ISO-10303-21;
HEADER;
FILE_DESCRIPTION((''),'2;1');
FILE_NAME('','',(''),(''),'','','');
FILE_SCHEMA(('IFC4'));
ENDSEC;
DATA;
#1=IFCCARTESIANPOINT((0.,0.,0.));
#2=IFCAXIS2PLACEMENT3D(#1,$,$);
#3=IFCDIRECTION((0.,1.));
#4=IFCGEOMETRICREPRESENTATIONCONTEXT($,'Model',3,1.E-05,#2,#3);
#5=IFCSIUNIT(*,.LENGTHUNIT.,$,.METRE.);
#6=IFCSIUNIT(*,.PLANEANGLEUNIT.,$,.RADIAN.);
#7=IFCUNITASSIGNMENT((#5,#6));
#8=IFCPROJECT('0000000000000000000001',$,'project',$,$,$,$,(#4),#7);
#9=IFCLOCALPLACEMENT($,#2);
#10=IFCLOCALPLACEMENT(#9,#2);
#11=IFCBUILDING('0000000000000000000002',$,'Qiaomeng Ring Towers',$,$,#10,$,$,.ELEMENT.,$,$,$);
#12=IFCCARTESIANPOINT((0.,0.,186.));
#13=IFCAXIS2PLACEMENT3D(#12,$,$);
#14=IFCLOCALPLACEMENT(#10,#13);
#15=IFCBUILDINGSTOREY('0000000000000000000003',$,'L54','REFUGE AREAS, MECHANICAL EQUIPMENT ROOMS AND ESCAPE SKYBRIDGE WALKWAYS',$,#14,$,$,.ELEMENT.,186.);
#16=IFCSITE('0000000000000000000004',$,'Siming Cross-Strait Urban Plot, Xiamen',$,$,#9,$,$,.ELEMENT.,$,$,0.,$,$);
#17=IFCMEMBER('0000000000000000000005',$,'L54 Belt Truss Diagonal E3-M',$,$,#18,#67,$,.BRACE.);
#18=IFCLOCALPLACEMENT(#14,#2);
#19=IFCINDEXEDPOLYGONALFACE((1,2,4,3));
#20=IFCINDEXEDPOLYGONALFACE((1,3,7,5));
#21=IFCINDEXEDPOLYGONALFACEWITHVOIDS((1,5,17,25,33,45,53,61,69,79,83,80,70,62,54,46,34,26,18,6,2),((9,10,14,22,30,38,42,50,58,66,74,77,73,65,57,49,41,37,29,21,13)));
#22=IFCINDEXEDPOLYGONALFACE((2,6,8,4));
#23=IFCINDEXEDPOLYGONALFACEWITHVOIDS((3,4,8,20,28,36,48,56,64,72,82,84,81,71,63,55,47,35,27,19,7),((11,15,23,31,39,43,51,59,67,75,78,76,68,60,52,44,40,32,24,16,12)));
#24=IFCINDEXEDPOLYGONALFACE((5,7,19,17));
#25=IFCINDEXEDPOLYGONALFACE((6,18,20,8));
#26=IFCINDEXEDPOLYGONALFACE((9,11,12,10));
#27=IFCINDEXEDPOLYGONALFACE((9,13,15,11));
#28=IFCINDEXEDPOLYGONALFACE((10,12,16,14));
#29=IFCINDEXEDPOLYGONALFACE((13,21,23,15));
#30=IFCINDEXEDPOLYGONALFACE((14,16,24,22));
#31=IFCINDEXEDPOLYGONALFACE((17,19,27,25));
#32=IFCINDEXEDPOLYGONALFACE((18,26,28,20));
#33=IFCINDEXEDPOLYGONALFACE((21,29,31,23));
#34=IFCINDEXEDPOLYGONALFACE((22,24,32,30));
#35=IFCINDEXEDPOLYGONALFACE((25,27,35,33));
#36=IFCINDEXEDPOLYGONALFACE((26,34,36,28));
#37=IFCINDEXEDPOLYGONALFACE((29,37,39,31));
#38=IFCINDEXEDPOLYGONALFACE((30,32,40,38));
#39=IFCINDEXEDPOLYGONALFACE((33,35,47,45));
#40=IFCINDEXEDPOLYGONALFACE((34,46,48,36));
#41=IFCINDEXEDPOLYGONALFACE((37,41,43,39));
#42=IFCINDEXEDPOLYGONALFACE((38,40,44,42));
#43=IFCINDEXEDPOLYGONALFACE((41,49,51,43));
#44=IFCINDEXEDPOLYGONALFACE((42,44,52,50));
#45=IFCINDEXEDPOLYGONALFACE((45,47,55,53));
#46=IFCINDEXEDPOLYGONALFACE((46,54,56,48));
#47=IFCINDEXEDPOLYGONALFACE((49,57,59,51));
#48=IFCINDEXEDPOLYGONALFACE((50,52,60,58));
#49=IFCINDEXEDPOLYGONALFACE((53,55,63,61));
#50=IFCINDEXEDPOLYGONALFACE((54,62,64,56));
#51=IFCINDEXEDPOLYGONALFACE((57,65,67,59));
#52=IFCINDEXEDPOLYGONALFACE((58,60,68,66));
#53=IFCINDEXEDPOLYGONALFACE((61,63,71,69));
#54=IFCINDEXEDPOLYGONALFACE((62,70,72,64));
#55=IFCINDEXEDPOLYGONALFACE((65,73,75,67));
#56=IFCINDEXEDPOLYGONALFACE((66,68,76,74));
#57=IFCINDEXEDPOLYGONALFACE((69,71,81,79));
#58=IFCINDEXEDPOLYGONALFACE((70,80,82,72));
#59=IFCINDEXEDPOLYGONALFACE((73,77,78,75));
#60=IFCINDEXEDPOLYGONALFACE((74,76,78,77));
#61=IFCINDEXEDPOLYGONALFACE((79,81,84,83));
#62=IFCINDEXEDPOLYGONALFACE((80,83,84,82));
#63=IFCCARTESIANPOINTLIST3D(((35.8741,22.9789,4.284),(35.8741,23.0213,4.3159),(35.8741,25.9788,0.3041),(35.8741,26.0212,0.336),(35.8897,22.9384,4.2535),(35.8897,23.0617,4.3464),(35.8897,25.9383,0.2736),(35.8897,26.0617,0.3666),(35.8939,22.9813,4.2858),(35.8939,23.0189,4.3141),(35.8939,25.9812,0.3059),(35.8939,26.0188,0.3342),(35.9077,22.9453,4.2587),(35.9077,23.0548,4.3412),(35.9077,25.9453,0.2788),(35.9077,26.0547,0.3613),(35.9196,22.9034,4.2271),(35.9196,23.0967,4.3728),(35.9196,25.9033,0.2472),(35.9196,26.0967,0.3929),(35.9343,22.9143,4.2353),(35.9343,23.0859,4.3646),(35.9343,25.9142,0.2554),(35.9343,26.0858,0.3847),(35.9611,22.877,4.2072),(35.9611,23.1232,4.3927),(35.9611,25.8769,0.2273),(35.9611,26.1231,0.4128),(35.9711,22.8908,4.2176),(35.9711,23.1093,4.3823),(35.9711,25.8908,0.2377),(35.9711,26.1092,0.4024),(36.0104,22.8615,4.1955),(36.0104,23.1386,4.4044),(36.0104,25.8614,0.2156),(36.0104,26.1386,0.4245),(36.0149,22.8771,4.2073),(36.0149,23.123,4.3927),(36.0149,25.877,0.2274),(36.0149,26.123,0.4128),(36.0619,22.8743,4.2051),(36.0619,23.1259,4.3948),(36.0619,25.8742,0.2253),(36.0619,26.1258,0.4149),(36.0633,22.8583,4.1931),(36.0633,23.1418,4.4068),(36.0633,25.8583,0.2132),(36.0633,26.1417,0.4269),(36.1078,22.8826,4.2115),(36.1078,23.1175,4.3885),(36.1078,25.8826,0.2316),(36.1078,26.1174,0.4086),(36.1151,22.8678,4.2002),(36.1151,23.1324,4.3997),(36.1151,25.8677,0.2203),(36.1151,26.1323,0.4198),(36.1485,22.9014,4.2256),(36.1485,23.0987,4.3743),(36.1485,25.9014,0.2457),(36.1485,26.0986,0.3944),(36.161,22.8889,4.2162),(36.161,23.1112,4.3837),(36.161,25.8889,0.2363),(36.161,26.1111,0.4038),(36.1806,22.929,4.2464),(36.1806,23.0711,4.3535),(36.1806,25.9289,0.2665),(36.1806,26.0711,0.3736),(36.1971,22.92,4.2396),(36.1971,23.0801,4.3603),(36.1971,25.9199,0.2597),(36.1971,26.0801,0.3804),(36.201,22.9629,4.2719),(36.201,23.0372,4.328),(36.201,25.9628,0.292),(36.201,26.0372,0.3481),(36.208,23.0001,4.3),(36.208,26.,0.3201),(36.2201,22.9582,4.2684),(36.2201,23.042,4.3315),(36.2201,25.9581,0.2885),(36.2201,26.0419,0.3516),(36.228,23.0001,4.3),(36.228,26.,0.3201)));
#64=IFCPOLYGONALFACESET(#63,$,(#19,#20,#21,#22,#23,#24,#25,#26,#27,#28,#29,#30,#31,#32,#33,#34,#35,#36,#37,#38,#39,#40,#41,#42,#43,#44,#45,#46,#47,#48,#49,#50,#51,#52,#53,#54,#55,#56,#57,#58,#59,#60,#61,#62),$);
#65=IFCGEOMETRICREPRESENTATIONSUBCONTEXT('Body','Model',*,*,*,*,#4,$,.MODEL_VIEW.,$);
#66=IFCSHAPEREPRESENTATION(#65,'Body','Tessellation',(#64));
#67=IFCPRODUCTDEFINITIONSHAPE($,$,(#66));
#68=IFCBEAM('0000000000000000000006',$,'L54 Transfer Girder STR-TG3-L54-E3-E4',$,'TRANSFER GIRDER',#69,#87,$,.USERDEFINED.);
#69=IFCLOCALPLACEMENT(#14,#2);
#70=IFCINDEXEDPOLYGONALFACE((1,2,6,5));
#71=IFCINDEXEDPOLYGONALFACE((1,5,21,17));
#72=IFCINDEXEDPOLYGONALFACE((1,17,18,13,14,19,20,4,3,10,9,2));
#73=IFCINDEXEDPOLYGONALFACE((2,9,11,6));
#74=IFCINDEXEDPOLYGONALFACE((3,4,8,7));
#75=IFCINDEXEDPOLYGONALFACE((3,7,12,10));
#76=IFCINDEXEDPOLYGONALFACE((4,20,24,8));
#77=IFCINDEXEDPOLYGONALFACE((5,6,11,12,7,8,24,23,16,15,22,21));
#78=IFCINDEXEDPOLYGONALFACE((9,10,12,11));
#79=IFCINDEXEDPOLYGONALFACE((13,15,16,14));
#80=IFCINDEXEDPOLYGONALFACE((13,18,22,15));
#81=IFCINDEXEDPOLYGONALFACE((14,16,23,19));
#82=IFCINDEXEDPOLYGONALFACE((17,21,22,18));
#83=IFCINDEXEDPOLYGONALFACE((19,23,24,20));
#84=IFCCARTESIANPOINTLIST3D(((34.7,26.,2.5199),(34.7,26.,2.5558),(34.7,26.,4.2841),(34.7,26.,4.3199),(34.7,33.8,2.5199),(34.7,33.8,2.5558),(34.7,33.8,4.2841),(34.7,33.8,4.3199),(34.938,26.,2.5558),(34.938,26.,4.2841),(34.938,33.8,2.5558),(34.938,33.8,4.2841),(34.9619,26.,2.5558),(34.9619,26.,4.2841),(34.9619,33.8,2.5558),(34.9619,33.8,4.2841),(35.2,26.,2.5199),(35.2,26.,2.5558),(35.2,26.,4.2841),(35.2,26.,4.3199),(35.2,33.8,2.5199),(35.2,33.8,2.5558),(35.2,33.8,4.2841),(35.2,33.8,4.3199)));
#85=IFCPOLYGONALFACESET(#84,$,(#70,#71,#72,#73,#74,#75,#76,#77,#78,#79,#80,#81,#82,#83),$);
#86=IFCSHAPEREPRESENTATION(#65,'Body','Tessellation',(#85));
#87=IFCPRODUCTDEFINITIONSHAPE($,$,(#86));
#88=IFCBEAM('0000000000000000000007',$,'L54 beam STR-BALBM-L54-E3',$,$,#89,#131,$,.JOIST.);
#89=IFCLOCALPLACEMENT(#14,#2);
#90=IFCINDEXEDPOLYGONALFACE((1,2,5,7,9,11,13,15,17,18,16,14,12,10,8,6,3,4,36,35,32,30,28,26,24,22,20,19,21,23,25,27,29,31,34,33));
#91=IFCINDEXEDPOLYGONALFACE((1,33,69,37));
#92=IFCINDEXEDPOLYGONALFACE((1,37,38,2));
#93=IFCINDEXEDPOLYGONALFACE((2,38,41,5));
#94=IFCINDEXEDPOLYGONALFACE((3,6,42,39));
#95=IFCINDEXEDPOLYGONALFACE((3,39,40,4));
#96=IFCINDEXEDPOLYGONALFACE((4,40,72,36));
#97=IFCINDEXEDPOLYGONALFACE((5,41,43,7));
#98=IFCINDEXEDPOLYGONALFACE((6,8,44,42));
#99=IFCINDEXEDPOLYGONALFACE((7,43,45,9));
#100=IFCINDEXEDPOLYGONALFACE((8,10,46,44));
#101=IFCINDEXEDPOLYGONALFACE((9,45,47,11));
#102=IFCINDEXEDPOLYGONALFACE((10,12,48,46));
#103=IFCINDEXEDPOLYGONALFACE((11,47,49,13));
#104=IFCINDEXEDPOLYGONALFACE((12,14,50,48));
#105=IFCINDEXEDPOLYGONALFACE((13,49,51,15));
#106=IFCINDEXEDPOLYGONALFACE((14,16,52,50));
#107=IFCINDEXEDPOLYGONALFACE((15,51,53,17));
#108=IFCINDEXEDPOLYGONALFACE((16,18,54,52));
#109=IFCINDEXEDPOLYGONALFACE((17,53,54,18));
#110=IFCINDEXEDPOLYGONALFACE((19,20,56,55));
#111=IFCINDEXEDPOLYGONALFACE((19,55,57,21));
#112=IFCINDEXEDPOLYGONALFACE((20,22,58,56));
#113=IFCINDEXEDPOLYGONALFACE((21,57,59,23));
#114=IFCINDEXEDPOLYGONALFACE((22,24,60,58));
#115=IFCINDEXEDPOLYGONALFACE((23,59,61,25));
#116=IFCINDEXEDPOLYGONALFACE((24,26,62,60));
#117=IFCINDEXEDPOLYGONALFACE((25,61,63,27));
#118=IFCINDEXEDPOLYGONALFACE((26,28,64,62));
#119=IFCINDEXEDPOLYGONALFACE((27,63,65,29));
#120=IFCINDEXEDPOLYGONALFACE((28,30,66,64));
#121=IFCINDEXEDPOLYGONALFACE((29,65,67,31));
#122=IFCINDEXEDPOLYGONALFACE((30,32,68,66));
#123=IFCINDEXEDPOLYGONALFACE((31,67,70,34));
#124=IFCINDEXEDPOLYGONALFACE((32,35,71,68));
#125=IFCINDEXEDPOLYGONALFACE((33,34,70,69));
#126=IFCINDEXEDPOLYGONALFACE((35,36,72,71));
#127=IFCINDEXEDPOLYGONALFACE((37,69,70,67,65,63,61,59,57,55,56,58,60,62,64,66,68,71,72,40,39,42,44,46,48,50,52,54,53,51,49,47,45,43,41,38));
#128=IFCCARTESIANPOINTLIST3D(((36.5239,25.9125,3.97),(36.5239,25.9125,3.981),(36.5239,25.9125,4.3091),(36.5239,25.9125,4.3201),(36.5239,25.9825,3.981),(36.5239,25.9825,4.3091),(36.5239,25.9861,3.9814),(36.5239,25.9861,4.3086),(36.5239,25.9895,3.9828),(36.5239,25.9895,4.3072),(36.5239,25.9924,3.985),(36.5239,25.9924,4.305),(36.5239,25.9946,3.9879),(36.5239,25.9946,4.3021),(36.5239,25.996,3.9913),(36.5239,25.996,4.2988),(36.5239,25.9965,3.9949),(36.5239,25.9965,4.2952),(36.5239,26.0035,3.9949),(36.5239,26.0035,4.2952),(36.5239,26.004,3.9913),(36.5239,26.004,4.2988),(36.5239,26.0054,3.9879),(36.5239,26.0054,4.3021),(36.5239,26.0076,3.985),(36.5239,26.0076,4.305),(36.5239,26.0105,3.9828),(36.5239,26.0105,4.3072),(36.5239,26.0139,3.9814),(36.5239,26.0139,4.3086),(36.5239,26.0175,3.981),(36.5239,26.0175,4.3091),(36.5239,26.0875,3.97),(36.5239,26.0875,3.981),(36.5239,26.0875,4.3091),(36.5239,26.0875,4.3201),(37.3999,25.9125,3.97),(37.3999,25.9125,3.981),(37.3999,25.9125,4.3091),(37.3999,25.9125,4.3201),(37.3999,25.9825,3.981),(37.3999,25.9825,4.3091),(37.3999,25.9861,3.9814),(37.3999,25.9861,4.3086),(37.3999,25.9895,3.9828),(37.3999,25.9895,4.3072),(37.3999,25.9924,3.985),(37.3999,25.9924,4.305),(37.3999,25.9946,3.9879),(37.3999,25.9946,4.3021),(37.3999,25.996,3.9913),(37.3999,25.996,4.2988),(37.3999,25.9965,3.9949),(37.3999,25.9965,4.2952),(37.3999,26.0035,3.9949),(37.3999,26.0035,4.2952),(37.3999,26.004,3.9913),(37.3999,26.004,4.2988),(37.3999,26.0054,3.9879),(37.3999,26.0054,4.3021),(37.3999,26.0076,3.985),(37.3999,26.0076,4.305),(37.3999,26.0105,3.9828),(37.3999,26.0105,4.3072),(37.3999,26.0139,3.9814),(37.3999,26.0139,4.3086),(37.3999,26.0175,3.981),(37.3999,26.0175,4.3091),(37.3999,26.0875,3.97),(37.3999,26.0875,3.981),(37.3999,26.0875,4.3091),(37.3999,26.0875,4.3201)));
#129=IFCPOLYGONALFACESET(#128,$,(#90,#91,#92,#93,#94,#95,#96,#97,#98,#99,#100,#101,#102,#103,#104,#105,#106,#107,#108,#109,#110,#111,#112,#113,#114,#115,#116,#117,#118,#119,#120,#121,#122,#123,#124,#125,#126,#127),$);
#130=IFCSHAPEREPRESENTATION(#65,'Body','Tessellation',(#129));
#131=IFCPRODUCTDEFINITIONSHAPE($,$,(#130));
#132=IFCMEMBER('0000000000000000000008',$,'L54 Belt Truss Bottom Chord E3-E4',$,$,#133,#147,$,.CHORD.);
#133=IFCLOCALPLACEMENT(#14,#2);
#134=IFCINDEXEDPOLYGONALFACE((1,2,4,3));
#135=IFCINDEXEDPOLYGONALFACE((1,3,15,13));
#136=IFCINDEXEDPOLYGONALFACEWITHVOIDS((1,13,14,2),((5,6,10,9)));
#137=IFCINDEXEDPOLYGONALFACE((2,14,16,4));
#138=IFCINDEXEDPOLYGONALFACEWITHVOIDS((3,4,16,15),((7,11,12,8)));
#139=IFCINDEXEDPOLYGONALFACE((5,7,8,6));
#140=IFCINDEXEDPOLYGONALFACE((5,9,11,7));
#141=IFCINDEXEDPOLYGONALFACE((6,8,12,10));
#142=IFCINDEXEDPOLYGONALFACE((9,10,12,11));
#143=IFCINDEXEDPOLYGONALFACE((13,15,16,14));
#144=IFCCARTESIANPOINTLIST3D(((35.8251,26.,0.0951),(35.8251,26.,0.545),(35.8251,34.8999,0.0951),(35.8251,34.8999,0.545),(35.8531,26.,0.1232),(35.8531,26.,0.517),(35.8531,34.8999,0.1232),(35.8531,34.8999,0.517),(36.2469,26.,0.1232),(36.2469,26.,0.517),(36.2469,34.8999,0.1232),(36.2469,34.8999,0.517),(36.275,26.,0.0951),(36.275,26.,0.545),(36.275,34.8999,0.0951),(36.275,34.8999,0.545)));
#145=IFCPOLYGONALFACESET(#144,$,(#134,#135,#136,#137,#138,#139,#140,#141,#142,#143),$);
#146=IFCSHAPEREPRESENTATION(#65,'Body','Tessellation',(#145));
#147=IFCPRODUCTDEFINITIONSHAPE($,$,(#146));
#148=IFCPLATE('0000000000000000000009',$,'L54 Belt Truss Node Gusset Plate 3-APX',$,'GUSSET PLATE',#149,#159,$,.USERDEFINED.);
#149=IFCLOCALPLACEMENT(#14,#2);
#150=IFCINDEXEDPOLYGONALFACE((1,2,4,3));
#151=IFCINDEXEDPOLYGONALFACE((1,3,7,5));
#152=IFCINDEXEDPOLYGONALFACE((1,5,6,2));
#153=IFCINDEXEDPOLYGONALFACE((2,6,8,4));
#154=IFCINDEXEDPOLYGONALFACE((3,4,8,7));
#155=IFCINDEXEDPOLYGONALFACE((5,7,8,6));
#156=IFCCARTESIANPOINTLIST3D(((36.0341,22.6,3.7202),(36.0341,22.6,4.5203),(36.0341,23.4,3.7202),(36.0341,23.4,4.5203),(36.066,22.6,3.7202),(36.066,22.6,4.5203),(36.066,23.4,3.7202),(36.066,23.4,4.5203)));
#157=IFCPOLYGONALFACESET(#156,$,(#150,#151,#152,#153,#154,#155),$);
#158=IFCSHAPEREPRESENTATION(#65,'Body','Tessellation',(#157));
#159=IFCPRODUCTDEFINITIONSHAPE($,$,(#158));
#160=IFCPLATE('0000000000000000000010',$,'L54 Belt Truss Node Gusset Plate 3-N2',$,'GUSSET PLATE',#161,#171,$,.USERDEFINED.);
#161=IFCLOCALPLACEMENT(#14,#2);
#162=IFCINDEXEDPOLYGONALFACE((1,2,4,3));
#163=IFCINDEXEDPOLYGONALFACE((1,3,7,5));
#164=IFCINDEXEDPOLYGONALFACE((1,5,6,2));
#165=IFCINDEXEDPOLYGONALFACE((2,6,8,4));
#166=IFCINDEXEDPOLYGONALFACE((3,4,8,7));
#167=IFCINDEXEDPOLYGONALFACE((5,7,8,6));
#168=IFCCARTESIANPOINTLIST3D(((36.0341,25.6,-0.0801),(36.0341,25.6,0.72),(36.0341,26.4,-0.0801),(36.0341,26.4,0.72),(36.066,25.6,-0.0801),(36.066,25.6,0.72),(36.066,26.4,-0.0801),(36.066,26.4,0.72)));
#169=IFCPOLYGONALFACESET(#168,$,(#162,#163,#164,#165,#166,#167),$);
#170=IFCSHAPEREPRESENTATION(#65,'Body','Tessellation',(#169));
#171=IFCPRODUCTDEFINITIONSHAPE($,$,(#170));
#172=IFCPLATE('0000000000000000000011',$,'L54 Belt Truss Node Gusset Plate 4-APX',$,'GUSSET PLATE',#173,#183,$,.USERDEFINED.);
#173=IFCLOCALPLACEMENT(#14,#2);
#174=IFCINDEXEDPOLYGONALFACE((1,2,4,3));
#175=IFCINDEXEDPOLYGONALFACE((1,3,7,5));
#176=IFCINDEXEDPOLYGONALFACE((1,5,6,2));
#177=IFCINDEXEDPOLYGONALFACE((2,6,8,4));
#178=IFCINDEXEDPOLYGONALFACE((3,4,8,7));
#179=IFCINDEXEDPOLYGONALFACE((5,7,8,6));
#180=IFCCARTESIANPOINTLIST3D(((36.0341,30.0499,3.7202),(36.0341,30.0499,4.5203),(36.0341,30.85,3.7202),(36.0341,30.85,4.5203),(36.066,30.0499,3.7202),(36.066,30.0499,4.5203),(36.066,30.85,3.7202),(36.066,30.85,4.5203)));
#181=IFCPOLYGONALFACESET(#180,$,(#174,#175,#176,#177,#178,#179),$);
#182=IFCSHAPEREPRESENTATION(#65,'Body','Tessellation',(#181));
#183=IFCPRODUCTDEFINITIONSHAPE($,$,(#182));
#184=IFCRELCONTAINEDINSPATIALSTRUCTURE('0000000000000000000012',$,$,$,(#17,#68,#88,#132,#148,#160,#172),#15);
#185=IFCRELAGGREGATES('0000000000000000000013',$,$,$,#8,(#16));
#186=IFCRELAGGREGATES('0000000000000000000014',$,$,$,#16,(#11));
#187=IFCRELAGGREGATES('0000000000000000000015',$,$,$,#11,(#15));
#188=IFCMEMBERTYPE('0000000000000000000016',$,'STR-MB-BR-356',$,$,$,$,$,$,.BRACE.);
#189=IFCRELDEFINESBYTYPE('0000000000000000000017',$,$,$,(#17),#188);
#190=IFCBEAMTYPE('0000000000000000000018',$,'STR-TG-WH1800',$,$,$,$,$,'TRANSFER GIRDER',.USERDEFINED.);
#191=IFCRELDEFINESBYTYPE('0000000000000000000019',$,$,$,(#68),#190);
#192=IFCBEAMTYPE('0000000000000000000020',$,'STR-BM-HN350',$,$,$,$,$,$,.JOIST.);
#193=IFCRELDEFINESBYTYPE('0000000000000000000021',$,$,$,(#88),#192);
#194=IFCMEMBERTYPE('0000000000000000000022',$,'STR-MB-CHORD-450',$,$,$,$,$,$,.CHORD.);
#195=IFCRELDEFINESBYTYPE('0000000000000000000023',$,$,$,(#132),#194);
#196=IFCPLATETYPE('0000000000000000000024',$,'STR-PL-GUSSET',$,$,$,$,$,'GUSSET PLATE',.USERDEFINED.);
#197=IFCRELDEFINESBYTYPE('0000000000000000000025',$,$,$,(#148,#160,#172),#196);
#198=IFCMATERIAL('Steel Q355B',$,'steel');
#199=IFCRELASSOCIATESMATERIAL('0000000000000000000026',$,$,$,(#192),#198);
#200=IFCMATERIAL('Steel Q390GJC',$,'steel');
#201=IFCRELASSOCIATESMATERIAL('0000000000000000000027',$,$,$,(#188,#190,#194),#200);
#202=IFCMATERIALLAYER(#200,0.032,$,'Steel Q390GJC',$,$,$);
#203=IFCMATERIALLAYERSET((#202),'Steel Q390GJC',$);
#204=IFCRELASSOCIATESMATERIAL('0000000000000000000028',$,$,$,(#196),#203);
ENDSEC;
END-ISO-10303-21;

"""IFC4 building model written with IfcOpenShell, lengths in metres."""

from ifc_helpers import new_model, si_unit, direction, frame, origin, origin_2d, place, context, subcontext, project, spatial, rectangle, hollow_rectangle, hollow_circle, i_section, extrude, source, transform, mapped, material, layer, layer_set, material_profile, profile_set, type_object, element, save


model = new_model("IFC4")

# Units and contexts
model_context = context("Model", 3, precision=1e-05, world=origin(), true_north=direction((0.0, 1.0)))
body_context = subcontext(model_context, "Body", "Model", "MODEL_VIEW")
ifc_project = project(units=[si_unit("LENGTHUNIT", "METRE"), si_unit("PLANEANGLEUNIT", "RADIAN")], contexts=[model_context])

# Site, building, storey
site_placement = place(None, origin())
site = spatial("IfcSite", under=ifc_project, at=site_placement, Name="Siming Cross-Strait Urban Plot, Xiamen", CompositionType="ELEMENT", RefElevation=0.0)
building_placement = place(site_placement, origin())
building = spatial("IfcBuilding", under=site, at=building_placement, Name="Qiaomeng Ring Towers", CompositionType="ELEMENT")
storey_placement = place(building_placement, frame((0.0, 0.0, 186.0)))
storey = spatial("IfcBuildingStorey", under=building, at=storey_placement, Name="L54", Description="REFUGE AREAS, MECHANICAL EQUIPMENT ROOMS AND ESCAPE SKYBRIDGE WALKWAYS", CompositionType="ELEMENT", Elevation=186.0)

# Shared definitions
ifc_material_1 = material(Name="Steel Q390GJC", Category="steel")

# Shared definitions
ifc_material_2 = material(Name="Steel Q355B", Category="steel")
ifc_material_profile_1 = material_profile(ifc_material_2, i_section(OverallWidth=0.175, OverallDepth=0.3501, WebThickness=0.0071, FlangeThickness=0.011, FilletRadius=0.0139, at=origin_2d()), Name="HN 350x175x7x11")
ifc_profile_set_1 = profile_set([ifc_material_profile_1], Name="Steel Q355B")
beam_type_1 = type_object("IfcBeamType", Name="STR-BM-HN350", PredefinedType="JOIST", material=ifc_profile_set_1)

# Member
ifc_material_profile_2 = material_profile(ifc_material_1, hollow_circle(Radius=0.178, WallThickness=0.02, at=origin_2d()), Name="CHS 356x20")
ifc_profile_set_2 = profile_set([ifc_material_profile_2], Name="Steel Q390GJC")
member_type_1 = type_object("IfcMemberType", Name="STR-MB-BR-356", PredefinedType="BRACE", material=ifc_profile_set_2)
shared_shape_1 = source(origin(), body_context, "Body", "SweptSolid", [
    extrude(hollow_circle(Radius=0.178, WallThickness=0.02, at=origin_2d()), origin(), (0.0, 0.0, 1.0), 4.9839),
])
member_1_placement = place(storey_placement, frame((36.05, 26.0, 0.3201), z_axis=(0.0, -0.601926, 0.798552), x_axis=(1.0, 0.0, 0.0)))
element("IfcMember", 1, at=member_1_placement, inside=storey, type_object=member_type_1, Name="L54 Belt Truss Diagonal E3-M", PredefinedType="BRACE", context=body_context, shape_type="MappedRepresentation", body=[
    mapped(shared_shape_1, transform((0.0, 0.0, 0.0), x_axis=(1.0, 0.0, 0.0), y_axis=(0.0, 1.0, 0.0), z_axis=(0.0, 0.0, 1.0), scale=1.0)),
])

# Beams
ifc_material_profile_3 = material_profile(ifc_material_1, i_section(OverallWidth=0.5, OverallDepth=1.8, WebThickness=0.0239, FlangeThickness=0.0359, at=origin_2d()), Name="WH 1800x500x24x36")
ifc_profile_set_3 = profile_set([ifc_material_profile_3], Name="Steel Q390GJC")
beam_type_2 = type_object("IfcBeamType", Name="STR-TG-WH1800", ElementType="TRANSFER GIRDER", PredefinedType="USERDEFINED", material=ifc_profile_set_3)
shared_shape_2 = source(origin(), body_context, "Body", "SweptSolid", [
    extrude(i_section(OverallWidth=0.5, OverallDepth=1.8, WebThickness=0.0239, FlangeThickness=0.0359, at=origin_2d()), origin(), (0.0, 0.0, 1.0), 7.8),
])
beam_1_placement = place(storey_placement, frame((34.95, 26.0, 3.4199), z_axis=(0.0, 1.0, 0.0), x_axis=(-1.0, 0.0, 0.0)))
element("IfcBeam", 2, at=beam_1_placement, inside=storey, type_object=beam_type_2, Name="L54 Transfer Girder STR-TG3-L54-E3-E4", ObjectType="TRANSFER GIRDER", PredefinedType="USERDEFINED", context=body_context, shape_type="MappedRepresentation", body=[
    mapped(shared_shape_2, transform((0.0, 0.0, 0.0), x_axis=(1.0, 0.0, 0.0), y_axis=(0.0, 1.0, 0.0), z_axis=(0.0, 0.0, 1.0), scale=1.0)),
])
shared_shape_3 = source(origin(), body_context, "Body", "SweptSolid", [
    extrude(i_section(OverallWidth=0.175, OverallDepth=0.3501, WebThickness=0.0071, FlangeThickness=0.011, FilletRadius=0.0139, at=origin_2d()), origin(), (0.0, 0.0, 1.0), 0.876),
])
beam_2_placement = place(storey_placement, frame((36.5239, 26.0, 4.145), z_axis=(1.0, 0.0, 0.0), x_axis=(0.0, 1.0, 0.0)))
element("IfcBeam", 3, at=beam_2_placement, inside=storey, type_object=beam_type_1, Name="L54 beam STR-BALBM-L54-E3", PredefinedType="JOIST", context=body_context, shape_type="MappedRepresentation", body=[
    mapped(shared_shape_3, transform((0.0, 0.0, 0.0), x_axis=(1.0, 0.0, 0.0), y_axis=(0.0, 1.0, 0.0), z_axis=(0.0, 0.0, 1.0), scale=1.0)),
])

# Member
ifc_material_profile_4 = material_profile(ifc_material_1, hollow_rectangle(XDim=0.45, YDim=0.45, WallThickness=0.0281, at=origin_2d()), Name="SHS 450x450x28")
ifc_profile_set_4 = profile_set([ifc_material_profile_4], Name="Steel Q390GJC")
member_type_2 = type_object("IfcMemberType", Name="STR-MB-CHORD-450", PredefinedType="CHORD", material=ifc_profile_set_4)
shared_shape_4 = source(origin(), body_context, "Body", "SweptSolid", [
    extrude(hollow_rectangle(XDim=0.45, YDim=0.45, WallThickness=0.0281, at=origin_2d()), origin(), (0.0, 0.0, 1.0), 8.8999),
])
member_2_placement = place(storey_placement, frame((36.05, 26.0, 0.3201), z_axis=(0.0, 1.0, 0.0), x_axis=(-1.0, 0.0, 0.0)))
element("IfcMember", 4, at=member_2_placement, inside=storey, type_object=member_type_2, Name="L54 Belt Truss Bottom Chord E3-E4", PredefinedType="CHORD", context=body_context, shape_type="MappedRepresentation", body=[
    mapped(shared_shape_4, transform((0.0, 0.0, 0.0), x_axis=(1.0, 0.0, 0.0), y_axis=(0.0, 1.0, 0.0), z_axis=(0.0, 0.0, 1.0), scale=1.0)),
])

# Plates
ifc_layer_1 = layer(ifc_material_1, 0.032, Name="Steel Q390GJC")
ifc_layer_set_1 = layer_set([ifc_layer_1], Name="Steel Q390GJC")
plate_type_1 = type_object("IfcPlateType", Name="STR-PL-GUSSET", ElementType="GUSSET PLATE", PredefinedType="USERDEFINED", material=ifc_layer_set_1)
shared_shape_5 = source(origin(), body_context, "Body", "SweptSolid", [
    extrude(rectangle(XDim=0.8, YDim=0.032, at=origin_2d()), origin(), (0.0, 0.0, 1.0), 0.8),
])
for number, where, z_axis, x_axis, name in (
    (5, (36.05, 23.0, 3.7202), (0.0, 0.0, 1.0), (0.0, 1.0, 0.0), "L54 Belt Truss Node Gusset Plate 3-APX"),
    (6, (36.05, 26.0, -0.0801), (0.0, 0.0, 1.0), (0.0, 1.0, 0.0), "L54 Belt Truss Node Gusset Plate 3-N2"),
    (7, (36.05, 30.45, 3.7202), (0.0, 0.0, 1.0), (0.0, 1.0, 0.0), "L54 Belt Truss Node Gusset Plate 4-APX"),
):
    element("IfcPlate", number, at=place(storey_placement, frame(where, z_axis=z_axis, x_axis=x_axis)), inside=storey, type_object=plate_type_1, Name=name, ObjectType="GUSSET PLATE", PredefinedType="USERDEFINED", context=body_context, shape_type="MappedRepresentation", body=[
        mapped(shared_shape_5, transform((0.0, 0.0, 0.0), x_axis=(1.0, 0.0, 0.0), y_axis=(0.0, 1.0, 0.0), z_axis=(0.0, 0.0, 1.0), scale=1.0)),
    ])

save(model, "model.ifc")
